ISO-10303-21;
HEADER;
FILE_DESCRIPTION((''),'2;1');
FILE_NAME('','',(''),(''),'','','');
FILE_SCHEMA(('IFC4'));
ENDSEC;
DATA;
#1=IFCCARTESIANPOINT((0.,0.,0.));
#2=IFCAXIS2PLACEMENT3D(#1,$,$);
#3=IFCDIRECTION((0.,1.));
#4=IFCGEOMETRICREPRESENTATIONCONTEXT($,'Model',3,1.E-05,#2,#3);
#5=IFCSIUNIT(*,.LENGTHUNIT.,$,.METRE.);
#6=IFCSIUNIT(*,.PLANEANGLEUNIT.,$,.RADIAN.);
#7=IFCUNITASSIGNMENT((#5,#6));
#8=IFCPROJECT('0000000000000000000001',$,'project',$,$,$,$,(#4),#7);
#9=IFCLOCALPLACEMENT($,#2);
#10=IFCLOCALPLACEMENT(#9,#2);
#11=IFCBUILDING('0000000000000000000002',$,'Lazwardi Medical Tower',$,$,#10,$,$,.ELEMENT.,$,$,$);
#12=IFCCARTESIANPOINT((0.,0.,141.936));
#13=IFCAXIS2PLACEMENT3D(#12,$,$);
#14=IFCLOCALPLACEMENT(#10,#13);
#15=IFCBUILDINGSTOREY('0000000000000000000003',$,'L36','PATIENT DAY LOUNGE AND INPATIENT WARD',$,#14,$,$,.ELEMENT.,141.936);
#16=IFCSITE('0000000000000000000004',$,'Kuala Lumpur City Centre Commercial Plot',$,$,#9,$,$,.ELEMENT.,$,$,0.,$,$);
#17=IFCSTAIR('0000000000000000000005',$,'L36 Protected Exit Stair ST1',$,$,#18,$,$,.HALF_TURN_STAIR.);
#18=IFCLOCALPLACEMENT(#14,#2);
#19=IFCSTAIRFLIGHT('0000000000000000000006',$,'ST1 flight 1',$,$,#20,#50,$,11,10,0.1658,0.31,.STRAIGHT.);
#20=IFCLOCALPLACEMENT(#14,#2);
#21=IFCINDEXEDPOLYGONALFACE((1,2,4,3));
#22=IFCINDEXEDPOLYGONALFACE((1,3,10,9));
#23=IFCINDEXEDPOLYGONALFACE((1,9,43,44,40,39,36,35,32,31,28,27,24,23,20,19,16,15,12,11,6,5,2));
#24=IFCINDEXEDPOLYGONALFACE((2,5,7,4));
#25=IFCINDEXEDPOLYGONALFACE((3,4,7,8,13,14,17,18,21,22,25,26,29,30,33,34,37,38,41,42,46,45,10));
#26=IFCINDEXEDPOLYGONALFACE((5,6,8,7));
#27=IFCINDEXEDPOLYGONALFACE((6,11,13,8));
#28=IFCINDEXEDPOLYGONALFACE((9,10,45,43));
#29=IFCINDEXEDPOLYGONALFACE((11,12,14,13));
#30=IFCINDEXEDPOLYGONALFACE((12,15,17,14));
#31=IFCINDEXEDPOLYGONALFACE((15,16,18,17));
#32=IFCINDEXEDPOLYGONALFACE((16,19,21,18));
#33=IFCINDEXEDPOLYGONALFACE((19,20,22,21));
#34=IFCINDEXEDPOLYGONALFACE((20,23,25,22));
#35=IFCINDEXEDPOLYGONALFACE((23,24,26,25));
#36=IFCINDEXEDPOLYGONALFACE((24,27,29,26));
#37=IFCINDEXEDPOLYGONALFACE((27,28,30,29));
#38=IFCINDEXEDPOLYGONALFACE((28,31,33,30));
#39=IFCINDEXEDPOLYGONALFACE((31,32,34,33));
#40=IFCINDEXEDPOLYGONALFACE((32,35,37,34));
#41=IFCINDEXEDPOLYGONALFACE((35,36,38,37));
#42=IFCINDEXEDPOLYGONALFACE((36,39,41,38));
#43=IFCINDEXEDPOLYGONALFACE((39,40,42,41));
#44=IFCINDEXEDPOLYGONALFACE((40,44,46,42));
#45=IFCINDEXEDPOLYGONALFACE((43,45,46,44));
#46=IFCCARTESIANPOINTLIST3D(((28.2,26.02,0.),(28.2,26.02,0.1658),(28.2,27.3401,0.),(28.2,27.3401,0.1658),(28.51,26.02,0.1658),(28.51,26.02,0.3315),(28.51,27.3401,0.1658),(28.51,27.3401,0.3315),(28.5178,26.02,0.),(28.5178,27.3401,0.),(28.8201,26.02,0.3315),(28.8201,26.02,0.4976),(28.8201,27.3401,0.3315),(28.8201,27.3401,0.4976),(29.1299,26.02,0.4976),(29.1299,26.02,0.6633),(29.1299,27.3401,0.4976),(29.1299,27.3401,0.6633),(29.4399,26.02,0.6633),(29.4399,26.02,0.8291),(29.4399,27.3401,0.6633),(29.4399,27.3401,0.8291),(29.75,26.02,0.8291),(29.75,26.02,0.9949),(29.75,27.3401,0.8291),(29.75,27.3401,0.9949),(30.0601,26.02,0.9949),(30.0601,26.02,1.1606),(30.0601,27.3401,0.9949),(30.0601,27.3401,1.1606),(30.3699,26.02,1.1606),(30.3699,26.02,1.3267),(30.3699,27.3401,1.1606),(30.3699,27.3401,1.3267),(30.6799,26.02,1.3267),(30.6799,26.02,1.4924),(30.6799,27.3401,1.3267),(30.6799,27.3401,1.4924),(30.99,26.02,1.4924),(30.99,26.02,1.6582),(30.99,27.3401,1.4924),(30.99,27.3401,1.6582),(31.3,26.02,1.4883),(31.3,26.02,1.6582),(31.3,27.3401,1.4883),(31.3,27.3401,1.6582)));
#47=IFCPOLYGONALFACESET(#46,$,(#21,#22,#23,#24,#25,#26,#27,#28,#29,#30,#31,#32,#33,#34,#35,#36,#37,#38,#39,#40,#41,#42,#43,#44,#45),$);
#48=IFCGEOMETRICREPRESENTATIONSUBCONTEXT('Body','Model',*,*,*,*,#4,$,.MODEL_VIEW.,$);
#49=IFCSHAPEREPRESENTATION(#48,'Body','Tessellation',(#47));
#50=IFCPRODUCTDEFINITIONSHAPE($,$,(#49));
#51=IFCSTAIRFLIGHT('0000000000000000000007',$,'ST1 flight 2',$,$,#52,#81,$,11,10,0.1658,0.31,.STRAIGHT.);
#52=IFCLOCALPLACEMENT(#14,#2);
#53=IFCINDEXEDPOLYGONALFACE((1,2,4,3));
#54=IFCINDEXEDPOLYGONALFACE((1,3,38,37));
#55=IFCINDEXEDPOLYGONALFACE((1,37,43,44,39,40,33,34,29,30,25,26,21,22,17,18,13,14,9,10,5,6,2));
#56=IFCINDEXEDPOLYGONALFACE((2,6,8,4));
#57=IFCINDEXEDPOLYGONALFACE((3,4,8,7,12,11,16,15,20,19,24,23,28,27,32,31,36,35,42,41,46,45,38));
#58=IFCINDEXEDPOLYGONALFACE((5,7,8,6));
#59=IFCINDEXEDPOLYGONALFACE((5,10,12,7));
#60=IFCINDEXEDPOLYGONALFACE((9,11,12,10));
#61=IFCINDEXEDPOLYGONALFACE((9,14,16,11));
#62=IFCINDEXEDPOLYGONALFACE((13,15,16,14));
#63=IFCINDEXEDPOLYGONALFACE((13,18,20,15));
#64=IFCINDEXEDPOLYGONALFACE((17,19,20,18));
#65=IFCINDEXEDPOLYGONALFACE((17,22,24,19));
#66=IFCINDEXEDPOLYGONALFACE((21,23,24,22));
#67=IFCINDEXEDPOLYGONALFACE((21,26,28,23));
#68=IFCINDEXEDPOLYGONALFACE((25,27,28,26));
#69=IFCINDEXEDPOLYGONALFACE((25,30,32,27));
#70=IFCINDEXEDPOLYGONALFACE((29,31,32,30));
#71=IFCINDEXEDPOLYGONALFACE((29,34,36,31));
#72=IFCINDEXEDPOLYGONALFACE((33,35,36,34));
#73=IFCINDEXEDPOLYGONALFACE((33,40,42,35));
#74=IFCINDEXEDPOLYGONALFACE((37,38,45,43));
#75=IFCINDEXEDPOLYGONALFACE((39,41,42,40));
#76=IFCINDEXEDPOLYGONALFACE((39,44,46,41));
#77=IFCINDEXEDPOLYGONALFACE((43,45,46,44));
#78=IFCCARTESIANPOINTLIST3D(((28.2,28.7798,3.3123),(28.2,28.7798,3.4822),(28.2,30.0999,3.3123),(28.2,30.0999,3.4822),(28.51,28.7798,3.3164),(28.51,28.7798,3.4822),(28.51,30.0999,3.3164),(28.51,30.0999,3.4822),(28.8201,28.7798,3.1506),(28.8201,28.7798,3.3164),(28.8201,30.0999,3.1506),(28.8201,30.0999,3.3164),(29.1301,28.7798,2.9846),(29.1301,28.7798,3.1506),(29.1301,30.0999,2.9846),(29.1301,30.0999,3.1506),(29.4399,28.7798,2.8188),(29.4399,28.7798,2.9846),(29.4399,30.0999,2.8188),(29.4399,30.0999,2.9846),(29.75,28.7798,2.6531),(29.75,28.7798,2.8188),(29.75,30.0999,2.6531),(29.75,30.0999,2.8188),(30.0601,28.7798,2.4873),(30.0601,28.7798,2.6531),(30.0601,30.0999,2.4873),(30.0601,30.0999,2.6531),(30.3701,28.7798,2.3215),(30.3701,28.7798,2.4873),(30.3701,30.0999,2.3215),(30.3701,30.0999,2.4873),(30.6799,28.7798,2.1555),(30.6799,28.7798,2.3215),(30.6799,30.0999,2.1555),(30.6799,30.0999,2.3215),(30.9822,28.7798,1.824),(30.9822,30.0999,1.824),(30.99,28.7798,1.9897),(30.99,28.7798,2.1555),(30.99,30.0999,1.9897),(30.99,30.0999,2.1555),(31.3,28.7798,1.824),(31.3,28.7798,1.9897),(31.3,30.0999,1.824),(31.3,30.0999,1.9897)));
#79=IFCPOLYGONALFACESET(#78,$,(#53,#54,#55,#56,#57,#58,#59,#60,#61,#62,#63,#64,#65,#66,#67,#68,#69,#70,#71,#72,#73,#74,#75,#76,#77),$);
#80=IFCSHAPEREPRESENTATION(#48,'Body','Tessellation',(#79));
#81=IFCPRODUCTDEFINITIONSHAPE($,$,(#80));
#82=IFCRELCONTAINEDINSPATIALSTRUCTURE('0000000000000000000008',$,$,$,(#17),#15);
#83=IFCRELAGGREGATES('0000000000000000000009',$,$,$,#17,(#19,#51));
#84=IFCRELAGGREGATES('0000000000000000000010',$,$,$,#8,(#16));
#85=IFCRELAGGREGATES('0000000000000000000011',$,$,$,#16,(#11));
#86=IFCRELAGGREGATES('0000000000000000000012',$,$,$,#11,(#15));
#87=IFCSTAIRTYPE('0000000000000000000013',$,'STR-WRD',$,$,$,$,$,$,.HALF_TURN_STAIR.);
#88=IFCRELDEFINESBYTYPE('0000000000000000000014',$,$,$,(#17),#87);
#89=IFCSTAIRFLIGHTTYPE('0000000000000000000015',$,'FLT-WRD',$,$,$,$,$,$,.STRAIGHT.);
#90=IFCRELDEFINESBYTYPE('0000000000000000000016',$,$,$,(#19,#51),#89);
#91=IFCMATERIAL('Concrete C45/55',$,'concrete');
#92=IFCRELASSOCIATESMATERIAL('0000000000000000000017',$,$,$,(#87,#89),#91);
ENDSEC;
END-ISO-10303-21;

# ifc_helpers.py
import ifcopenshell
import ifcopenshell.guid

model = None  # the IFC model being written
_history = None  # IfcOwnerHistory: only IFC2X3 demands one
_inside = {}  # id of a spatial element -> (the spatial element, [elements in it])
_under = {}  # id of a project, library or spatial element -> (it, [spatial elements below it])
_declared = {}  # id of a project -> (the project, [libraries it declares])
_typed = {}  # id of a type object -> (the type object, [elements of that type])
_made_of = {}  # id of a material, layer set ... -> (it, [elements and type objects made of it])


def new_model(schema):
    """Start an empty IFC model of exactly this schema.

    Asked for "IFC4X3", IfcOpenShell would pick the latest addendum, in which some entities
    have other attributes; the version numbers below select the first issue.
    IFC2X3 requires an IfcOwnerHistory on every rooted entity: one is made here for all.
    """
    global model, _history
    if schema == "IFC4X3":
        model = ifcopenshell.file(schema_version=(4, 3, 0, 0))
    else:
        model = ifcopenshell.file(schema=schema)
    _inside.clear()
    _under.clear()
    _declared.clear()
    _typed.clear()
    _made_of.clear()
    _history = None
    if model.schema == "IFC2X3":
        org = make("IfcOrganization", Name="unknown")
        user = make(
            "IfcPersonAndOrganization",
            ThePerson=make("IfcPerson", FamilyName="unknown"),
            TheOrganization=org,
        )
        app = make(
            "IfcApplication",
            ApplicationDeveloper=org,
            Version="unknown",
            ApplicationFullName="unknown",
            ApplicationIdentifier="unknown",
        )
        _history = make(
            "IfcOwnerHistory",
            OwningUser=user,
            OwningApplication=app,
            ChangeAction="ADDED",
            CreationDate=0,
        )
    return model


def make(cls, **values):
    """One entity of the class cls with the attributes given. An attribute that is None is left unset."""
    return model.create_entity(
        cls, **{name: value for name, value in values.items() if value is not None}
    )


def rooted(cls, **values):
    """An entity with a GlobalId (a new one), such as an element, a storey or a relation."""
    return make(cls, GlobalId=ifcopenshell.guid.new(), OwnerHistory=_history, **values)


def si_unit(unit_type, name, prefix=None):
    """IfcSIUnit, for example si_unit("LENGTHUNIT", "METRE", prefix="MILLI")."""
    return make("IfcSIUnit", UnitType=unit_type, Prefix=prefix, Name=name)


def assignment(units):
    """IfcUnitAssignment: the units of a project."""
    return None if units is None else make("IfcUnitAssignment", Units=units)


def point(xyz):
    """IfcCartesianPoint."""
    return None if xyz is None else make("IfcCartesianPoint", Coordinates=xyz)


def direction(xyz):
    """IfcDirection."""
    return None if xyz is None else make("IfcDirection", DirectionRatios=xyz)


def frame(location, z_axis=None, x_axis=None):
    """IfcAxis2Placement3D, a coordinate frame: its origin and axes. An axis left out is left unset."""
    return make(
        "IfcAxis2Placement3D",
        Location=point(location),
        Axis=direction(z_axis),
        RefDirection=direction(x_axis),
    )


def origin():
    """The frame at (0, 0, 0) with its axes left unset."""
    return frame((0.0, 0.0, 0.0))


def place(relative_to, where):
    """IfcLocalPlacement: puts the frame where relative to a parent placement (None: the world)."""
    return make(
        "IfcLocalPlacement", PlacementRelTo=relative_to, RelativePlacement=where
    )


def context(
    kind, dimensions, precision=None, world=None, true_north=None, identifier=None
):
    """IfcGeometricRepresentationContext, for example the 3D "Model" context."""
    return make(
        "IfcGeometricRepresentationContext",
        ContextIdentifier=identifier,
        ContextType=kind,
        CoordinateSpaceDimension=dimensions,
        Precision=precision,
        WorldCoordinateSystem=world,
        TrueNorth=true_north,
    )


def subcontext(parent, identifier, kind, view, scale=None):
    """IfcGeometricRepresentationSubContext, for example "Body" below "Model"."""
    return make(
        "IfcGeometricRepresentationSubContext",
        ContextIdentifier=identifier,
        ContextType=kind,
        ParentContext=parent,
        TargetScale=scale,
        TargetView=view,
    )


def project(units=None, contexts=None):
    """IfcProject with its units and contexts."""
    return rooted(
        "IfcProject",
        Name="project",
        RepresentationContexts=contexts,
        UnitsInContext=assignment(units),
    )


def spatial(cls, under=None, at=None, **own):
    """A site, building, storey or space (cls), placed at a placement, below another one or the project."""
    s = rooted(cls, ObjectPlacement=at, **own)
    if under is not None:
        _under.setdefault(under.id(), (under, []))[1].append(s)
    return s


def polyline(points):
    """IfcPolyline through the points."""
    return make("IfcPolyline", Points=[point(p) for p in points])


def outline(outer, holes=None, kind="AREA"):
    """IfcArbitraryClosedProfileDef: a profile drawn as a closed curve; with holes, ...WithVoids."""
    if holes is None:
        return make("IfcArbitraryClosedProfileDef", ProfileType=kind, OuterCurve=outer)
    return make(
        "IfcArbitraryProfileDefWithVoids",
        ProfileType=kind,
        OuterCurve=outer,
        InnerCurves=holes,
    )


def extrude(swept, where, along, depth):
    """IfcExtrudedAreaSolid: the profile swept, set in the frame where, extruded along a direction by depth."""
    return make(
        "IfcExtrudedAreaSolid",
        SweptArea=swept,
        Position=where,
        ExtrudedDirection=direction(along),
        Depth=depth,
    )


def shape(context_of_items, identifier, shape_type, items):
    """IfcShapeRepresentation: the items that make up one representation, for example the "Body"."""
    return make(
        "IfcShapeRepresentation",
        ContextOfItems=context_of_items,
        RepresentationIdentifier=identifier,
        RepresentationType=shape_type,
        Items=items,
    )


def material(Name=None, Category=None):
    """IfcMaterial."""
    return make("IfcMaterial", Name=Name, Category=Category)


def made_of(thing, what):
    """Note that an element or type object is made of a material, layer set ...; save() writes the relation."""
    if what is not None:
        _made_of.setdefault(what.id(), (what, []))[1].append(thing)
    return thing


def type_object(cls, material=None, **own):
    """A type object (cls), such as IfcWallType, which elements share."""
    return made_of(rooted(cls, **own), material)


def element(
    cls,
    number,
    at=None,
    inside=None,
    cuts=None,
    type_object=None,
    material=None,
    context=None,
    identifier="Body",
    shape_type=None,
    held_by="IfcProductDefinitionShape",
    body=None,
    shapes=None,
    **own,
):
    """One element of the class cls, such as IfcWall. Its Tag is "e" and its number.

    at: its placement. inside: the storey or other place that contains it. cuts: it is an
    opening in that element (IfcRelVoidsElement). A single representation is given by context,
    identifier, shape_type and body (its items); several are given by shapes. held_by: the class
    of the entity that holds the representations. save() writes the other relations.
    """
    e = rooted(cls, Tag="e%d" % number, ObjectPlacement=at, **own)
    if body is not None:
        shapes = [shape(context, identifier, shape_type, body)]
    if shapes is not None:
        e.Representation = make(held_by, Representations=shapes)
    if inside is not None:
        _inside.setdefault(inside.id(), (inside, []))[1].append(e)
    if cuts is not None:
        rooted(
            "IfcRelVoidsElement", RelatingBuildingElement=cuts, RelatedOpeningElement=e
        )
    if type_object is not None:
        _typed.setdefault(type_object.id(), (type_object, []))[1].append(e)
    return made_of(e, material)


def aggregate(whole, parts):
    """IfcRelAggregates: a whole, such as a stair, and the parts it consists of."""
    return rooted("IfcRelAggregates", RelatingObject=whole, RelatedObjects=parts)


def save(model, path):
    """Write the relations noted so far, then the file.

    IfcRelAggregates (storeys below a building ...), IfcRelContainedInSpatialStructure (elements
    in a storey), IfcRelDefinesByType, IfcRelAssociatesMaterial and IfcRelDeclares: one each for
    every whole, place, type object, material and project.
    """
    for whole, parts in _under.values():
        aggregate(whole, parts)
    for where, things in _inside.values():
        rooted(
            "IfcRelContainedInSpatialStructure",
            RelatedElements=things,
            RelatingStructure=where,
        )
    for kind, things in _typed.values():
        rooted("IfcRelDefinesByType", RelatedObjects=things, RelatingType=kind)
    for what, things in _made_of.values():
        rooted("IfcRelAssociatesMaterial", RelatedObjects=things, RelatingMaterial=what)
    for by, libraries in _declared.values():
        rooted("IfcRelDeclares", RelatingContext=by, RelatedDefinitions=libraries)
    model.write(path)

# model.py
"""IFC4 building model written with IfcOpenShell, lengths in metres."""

from ifc_helpers import new_model, si_unit, direction, frame, origin, place, context, subcontext, project, spatial, polyline, outline, extrude, material, type_object, element, aggregate, save


model = new_model("IFC4")

# Units and contexts
model_context = context("Model", 3, precision=1e-05, world=origin(), true_north=direction((0.0, 1.0)))
body_context = subcontext(model_context, "Body", "Model", "MODEL_VIEW")
ifc_project = project(units=[si_unit("LENGTHUNIT", "METRE"), si_unit("PLANEANGLEUNIT", "RADIAN")], contexts=[model_context])

# Site, building, storey
site_placement = place(None, origin())
site = spatial("IfcSite", under=ifc_project, at=site_placement, Name="Kuala Lumpur City Centre Commercial Plot", CompositionType="ELEMENT", RefElevation=0.0)
building_placement = place(site_placement, origin())
building = spatial("IfcBuilding", under=site, at=building_placement, Name="Lazwardi Medical Tower", CompositionType="ELEMENT")
storey_placement = place(building_placement, frame((0.0, 0.0, 141.936)))
storey = spatial("IfcBuildingStorey", under=building, at=storey_placement, Name="L36", Description="PATIENT DAY LOUNGE AND INPATIENT WARD", CompositionType="ELEMENT", Elevation=141.936)

# Stair, stair flights
ifc_material_1 = material(Name="Concrete C45/55", Category="concrete")
stair_type = type_object("IfcStairType", Name="STR-WRD", PredefinedType="HALF_TURN_STAIR", material=ifc_material_1)
stair_placement = place(storey_placement, origin())
stair = element("IfcStair", 1, at=stair_placement, inside=storey, type_object=stair_type, Name="L36 Protected Exit Stair ST1", PredefinedType="HALF_TURN_STAIR")
stair_flight_type = type_object("IfcStairFlightType", Name="FLT-WRD", PredefinedType="STRAIGHT", material=ifc_material_1)
stair_flight_1_placement = place(storey_placement, frame((28.2, 26.6799, 0.0), z_axis=(0.0, 0.0, 1.0), x_axis=(1.0, 0.0, 0.0)))
stair_flight_1 = element("IfcStairFlight", 2, at=stair_flight_1_placement, type_object=stair_flight_type, Name="ST1 flight 1", NumberOfRisers=11, NumberOfTreads=10, PredefinedType="STRAIGHT", RiserHeight=0.1658, TreadLength=0.31, context=body_context, shape_type="SweptSolid", body=[
    extrude(outline(polyline([(0.0, 0.0), (0.0, 0.1658), (0.3101, 0.1658), (0.3101, 0.3315), (0.6201, 0.3315), (0.6201, 0.4976), (0.9299, 0.4976), (0.9299, 0.6633), (1.24, 0.6633), (1.24, 0.8291), (1.55, 0.8291), (1.55, 0.9949), (1.8601, 0.9949), (1.8601, 1.1606), (2.1699, 1.1606), (2.1699, 1.3267), (2.48, 1.3267), (2.48, 1.4924), (2.79, 1.4924), (2.79, 1.6582), (3.1001, 1.6582), (3.1001, 1.824), (3.1001, 1.4883), (0.3179, 0.0), (0.0, 0.0)])), frame((0.0, 0.6602, 0.0), z_axis=(0.0, -1.0, 0.0), x_axis=(1.0, 0.0, 0.0)), (0.0, 0.0, 1.0), 1.3201),
])
stair_flight_2_placement = place(storey_placement, frame((31.3, 29.4399, 1.824), z_axis=(0.0, 0.0, 1.0), x_axis=(-1.0, 0.0, 0.0)))
stair_flight_2 = element("IfcStairFlight", 3, at=stair_flight_2_placement, type_object=stair_flight_type, Name="ST1 flight 2", NumberOfRisers=11, NumberOfTreads=10, PredefinedType="STRAIGHT", RiserHeight=0.1658, TreadLength=0.31, context=body_context, shape_type="SweptSolid", body=[
    extrude(outline(polyline([(0.0, 0.0), (0.0, 0.1658), (0.3101, 0.1658), (0.3101, 0.3315), (0.6201, 0.3315), (0.6201, 0.4976), (0.9299, 0.4976), (0.9299, 0.6633), (1.24, 0.6633), (1.24, 0.8291), (1.55, 0.8291), (1.55, 0.9949), (1.8601, 0.9949), (1.8601, 1.1606), (2.1699, 1.1606), (2.1699, 1.3267), (2.48, 1.3267), (2.48, 1.4924), (2.79, 1.4924), (2.79, 1.6582), (3.1001, 1.6582), (3.1001, 1.824), (3.1001, 1.4883), (0.3179, 0.0), (0.0, 0.0)])), frame((0.0, 0.6602, 0.0), z_axis=(0.0, -1.0, 0.0), x_axis=(1.0, 0.0, 0.0)), (0.0, 0.0, 1.0), 1.3201),
])
aggregate(stair, [stair_flight_1, stair_flight_2])

save(model, "model.ifc")
